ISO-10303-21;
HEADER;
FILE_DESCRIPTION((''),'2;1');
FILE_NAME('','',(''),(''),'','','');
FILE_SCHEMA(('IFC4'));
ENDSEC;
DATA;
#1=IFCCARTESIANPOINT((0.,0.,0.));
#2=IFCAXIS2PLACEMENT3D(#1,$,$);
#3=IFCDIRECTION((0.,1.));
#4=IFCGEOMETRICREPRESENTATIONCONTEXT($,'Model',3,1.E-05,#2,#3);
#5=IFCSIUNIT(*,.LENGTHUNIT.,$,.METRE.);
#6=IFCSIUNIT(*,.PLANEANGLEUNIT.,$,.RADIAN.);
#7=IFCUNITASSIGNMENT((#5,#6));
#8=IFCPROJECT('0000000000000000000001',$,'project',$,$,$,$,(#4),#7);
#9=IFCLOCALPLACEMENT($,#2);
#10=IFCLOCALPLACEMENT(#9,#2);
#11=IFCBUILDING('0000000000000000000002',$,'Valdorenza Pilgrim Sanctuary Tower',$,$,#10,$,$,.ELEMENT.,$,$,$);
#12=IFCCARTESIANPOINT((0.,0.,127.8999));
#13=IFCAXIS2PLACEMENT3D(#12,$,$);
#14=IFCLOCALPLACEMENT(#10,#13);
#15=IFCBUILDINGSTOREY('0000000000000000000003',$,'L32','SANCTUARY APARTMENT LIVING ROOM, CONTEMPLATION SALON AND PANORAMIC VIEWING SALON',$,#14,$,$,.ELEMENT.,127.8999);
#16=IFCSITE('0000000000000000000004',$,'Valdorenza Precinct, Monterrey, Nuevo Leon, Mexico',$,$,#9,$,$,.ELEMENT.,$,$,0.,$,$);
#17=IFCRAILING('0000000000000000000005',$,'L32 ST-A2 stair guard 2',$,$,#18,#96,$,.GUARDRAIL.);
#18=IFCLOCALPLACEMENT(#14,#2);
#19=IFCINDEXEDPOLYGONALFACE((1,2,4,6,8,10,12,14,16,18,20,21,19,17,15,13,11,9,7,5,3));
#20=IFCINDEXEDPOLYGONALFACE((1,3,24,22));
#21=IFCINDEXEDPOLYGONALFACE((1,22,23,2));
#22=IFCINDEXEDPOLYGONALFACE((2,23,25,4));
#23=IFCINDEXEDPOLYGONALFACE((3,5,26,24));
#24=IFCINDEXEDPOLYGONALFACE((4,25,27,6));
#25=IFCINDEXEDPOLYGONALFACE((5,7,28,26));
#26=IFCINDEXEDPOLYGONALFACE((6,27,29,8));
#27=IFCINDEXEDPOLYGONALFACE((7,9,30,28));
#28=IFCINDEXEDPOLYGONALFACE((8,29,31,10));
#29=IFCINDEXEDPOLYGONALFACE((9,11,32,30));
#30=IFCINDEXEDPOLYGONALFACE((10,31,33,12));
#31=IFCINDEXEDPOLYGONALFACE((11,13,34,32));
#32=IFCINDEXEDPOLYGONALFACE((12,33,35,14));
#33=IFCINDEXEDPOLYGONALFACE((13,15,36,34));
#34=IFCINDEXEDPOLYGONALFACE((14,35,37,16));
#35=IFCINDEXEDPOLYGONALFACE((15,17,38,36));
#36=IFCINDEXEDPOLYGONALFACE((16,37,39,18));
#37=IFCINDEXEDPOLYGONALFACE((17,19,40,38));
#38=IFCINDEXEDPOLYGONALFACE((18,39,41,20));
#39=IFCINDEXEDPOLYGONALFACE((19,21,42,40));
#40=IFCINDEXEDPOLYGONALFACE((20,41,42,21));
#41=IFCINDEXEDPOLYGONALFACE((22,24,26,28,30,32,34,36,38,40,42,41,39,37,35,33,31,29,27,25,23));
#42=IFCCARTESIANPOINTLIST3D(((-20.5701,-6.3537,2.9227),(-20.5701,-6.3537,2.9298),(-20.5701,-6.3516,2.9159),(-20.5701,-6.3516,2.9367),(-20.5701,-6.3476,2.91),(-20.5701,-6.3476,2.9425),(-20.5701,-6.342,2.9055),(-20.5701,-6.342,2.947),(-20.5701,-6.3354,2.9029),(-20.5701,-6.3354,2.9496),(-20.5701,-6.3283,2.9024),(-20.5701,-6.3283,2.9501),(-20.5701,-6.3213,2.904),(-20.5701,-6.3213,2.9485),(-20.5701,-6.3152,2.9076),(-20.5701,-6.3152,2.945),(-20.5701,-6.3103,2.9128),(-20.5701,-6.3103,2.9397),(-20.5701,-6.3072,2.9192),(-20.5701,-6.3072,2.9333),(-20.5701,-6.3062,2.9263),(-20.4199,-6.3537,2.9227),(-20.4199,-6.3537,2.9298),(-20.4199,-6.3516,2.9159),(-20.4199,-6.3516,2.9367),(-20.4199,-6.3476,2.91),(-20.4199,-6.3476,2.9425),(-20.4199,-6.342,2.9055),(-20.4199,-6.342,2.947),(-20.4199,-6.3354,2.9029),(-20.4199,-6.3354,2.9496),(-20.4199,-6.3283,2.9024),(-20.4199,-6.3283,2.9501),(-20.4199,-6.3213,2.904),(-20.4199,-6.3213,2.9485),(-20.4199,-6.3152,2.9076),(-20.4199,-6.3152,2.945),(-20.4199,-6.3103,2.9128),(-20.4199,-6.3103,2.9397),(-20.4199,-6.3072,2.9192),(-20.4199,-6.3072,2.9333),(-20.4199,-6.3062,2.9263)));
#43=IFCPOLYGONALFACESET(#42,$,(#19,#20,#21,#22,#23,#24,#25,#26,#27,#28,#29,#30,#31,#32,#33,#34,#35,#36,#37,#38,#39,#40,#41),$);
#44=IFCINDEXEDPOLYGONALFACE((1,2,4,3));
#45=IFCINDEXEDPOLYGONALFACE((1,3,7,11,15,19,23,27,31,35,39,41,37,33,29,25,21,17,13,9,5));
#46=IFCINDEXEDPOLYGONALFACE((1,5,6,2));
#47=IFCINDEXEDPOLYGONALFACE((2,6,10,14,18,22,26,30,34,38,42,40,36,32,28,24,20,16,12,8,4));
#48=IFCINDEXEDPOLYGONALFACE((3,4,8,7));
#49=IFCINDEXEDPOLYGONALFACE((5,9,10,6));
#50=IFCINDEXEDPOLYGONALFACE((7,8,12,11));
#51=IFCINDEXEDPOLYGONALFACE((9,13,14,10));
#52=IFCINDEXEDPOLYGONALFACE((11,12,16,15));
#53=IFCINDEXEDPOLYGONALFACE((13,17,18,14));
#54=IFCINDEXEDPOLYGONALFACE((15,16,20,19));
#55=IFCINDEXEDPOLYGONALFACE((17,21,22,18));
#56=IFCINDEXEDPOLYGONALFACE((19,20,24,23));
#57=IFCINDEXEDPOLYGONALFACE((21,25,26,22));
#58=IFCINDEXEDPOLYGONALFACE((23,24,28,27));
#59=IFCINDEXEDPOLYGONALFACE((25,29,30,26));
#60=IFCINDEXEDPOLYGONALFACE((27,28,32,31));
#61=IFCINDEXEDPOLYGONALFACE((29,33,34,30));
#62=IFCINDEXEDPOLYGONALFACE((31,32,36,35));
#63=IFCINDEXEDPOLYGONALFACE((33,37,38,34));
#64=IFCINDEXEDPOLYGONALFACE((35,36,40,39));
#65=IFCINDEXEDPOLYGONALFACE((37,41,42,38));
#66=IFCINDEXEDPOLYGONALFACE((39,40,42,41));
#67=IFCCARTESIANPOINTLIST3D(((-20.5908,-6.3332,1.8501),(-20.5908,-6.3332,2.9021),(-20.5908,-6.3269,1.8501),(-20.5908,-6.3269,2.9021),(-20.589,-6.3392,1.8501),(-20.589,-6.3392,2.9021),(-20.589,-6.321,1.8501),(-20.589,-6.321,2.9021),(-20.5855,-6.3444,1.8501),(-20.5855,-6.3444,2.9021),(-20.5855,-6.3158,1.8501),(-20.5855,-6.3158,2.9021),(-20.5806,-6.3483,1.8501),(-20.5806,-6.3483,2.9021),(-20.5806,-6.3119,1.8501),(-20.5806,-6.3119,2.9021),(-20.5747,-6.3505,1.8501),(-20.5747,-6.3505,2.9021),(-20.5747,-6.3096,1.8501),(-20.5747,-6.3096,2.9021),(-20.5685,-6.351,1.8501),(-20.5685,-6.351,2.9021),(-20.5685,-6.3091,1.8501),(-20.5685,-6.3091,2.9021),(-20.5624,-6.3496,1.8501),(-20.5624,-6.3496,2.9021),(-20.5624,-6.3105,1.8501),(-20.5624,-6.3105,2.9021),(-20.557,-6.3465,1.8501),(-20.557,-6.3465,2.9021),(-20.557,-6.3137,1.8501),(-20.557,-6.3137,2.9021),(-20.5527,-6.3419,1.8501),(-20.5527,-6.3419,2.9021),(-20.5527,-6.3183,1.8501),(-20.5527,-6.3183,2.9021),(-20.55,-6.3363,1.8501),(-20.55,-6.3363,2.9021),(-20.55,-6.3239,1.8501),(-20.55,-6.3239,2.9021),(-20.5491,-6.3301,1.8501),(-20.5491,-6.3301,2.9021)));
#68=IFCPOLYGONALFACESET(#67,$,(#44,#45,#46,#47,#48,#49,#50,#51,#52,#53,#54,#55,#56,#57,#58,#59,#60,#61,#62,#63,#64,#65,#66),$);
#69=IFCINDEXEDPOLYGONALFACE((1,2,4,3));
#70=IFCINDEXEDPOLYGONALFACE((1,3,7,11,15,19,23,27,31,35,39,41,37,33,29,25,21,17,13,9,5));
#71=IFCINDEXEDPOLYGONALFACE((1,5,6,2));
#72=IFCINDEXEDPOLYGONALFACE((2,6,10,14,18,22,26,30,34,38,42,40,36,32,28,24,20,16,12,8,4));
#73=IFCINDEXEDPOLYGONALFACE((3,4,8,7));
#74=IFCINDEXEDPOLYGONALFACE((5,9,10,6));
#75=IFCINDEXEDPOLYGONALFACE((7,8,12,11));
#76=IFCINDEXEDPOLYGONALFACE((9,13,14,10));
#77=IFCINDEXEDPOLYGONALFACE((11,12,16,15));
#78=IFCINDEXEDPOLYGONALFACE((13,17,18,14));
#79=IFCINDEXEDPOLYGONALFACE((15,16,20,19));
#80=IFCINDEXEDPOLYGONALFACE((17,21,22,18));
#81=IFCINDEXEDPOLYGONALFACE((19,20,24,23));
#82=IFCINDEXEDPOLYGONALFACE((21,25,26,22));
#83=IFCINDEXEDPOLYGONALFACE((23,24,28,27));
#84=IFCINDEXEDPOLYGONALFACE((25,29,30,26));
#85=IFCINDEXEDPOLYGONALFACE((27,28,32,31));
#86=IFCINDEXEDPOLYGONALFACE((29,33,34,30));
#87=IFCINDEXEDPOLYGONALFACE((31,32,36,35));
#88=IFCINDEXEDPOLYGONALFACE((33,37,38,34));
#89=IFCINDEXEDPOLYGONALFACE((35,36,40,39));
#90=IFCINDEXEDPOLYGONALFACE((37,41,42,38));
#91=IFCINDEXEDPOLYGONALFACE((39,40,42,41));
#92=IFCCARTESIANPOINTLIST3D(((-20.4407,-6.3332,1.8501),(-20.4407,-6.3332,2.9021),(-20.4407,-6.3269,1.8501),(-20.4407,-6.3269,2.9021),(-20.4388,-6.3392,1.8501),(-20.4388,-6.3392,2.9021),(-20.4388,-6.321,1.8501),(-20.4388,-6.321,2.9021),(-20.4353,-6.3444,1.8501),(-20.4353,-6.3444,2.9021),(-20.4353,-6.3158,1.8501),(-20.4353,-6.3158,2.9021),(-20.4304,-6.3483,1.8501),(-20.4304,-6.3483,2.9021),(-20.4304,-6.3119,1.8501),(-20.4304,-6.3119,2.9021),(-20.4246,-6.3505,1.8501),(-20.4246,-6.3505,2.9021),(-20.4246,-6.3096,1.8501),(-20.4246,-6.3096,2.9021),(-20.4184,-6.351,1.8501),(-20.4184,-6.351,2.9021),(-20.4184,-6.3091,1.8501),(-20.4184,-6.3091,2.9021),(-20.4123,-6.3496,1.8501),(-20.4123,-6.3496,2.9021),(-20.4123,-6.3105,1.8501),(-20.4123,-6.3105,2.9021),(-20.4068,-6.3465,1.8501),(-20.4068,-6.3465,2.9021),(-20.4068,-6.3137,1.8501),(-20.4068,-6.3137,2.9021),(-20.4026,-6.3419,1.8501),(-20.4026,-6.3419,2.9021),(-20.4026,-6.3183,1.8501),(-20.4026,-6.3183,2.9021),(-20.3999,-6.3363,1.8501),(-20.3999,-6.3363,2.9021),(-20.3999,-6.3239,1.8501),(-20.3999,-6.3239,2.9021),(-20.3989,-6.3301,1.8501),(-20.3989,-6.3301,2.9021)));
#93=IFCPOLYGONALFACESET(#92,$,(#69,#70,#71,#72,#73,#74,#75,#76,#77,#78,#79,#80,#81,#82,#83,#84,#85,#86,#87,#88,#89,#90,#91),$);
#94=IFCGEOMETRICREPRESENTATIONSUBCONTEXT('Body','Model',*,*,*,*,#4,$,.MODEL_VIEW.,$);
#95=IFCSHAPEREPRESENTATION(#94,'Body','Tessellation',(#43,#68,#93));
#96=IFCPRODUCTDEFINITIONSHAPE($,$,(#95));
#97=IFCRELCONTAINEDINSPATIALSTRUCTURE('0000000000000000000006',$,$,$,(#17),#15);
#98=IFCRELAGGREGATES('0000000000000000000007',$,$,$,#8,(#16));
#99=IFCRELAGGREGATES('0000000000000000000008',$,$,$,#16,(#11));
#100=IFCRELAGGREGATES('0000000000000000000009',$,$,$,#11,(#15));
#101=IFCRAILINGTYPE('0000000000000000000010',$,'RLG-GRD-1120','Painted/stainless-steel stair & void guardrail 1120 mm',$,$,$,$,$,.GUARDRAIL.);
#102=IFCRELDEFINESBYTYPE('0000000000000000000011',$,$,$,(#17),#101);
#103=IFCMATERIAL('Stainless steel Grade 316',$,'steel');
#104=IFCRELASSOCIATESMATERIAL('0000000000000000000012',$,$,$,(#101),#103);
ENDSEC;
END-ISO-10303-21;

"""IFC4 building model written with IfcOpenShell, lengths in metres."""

from ifc_helpers import new_model, si_unit, direction, frame, origin, origin_2d, place, context, subcontext, project, spatial, circle, extrude, material, type_object, element, save


model = new_model("IFC4")

# Units and contexts
model_context = context("Model", 3, precision=1e-05, world=origin(), true_north=direction((0.0, 1.0)))
body_context = subcontext(model_context, "Body", "Model", "MODEL_VIEW")
ifc_project = project(units=[si_unit("LENGTHUNIT", "METRE"), si_unit("PLANEANGLEUNIT", "RADIAN")], contexts=[model_context])

# Site, building, storey
site_placement = place(None, origin())
site = spatial("IfcSite", under=ifc_project, at=site_placement, Name="Valdorenza Precinct, Monterrey, Nuevo Leon, Mexico", CompositionType="ELEMENT", RefElevation=0.0)
building_placement = place(site_placement, origin())
building = spatial("IfcBuilding", under=site, at=building_placement, Name="Valdorenza Pilgrim Sanctuary Tower", CompositionType="ELEMENT")
storey_placement = place(building_placement, frame((0.0, 0.0, 127.8999)))
storey = spatial("IfcBuildingStorey", under=building, at=storey_placement, Name="L32", Description="SANCTUARY APARTMENT LIVING ROOM, CONTEMPLATION SALON AND PANORAMIC VIEWING SALON", CompositionType="ELEMENT", Elevation=127.8999)

# Railing
ifc_material_1 = material(Name="Stainless steel Grade 316", Category="steel")
railing_type_1 = type_object("IfcRailingType", Name="RLG-GRD-1120", Description="Painted/stainless-steel stair & void guardrail 1120 mm", PredefinedType="GUARDRAIL", material=ifc_material_1)
railing_1_placement = place(storey_placement, frame((-20.5701, -6.3301, 1.8501)))
element("IfcRailing", 1, at=railing_1_placement, inside=storey, type_object=railing_type_1, Name="L32 ST-A2 stair guard 2", PredefinedType="GUARDRAIL", context=body_context, shape_type="SweptSolid", body=[
    extrude(circle(Radius=0.0239, at=origin_2d()), frame((0.0, 0.0, 1.0762), z_axis=(1.0, 0.0, 0.0), x_axis=(0.0, 1.0, 0.0)), (0.0, 0.0, 1.0), 0.1501),
    extrude(circle(Radius=0.021, at=origin_2d()), origin(), (0.0, 0.0, 1.0), 1.052),
    extrude(circle(Radius=0.021, at=origin_2d()), frame((0.1501, 0.0, 0.0)), (0.0, 0.0, 1.0), 1.052),
])

save(model, "model.ifc")
